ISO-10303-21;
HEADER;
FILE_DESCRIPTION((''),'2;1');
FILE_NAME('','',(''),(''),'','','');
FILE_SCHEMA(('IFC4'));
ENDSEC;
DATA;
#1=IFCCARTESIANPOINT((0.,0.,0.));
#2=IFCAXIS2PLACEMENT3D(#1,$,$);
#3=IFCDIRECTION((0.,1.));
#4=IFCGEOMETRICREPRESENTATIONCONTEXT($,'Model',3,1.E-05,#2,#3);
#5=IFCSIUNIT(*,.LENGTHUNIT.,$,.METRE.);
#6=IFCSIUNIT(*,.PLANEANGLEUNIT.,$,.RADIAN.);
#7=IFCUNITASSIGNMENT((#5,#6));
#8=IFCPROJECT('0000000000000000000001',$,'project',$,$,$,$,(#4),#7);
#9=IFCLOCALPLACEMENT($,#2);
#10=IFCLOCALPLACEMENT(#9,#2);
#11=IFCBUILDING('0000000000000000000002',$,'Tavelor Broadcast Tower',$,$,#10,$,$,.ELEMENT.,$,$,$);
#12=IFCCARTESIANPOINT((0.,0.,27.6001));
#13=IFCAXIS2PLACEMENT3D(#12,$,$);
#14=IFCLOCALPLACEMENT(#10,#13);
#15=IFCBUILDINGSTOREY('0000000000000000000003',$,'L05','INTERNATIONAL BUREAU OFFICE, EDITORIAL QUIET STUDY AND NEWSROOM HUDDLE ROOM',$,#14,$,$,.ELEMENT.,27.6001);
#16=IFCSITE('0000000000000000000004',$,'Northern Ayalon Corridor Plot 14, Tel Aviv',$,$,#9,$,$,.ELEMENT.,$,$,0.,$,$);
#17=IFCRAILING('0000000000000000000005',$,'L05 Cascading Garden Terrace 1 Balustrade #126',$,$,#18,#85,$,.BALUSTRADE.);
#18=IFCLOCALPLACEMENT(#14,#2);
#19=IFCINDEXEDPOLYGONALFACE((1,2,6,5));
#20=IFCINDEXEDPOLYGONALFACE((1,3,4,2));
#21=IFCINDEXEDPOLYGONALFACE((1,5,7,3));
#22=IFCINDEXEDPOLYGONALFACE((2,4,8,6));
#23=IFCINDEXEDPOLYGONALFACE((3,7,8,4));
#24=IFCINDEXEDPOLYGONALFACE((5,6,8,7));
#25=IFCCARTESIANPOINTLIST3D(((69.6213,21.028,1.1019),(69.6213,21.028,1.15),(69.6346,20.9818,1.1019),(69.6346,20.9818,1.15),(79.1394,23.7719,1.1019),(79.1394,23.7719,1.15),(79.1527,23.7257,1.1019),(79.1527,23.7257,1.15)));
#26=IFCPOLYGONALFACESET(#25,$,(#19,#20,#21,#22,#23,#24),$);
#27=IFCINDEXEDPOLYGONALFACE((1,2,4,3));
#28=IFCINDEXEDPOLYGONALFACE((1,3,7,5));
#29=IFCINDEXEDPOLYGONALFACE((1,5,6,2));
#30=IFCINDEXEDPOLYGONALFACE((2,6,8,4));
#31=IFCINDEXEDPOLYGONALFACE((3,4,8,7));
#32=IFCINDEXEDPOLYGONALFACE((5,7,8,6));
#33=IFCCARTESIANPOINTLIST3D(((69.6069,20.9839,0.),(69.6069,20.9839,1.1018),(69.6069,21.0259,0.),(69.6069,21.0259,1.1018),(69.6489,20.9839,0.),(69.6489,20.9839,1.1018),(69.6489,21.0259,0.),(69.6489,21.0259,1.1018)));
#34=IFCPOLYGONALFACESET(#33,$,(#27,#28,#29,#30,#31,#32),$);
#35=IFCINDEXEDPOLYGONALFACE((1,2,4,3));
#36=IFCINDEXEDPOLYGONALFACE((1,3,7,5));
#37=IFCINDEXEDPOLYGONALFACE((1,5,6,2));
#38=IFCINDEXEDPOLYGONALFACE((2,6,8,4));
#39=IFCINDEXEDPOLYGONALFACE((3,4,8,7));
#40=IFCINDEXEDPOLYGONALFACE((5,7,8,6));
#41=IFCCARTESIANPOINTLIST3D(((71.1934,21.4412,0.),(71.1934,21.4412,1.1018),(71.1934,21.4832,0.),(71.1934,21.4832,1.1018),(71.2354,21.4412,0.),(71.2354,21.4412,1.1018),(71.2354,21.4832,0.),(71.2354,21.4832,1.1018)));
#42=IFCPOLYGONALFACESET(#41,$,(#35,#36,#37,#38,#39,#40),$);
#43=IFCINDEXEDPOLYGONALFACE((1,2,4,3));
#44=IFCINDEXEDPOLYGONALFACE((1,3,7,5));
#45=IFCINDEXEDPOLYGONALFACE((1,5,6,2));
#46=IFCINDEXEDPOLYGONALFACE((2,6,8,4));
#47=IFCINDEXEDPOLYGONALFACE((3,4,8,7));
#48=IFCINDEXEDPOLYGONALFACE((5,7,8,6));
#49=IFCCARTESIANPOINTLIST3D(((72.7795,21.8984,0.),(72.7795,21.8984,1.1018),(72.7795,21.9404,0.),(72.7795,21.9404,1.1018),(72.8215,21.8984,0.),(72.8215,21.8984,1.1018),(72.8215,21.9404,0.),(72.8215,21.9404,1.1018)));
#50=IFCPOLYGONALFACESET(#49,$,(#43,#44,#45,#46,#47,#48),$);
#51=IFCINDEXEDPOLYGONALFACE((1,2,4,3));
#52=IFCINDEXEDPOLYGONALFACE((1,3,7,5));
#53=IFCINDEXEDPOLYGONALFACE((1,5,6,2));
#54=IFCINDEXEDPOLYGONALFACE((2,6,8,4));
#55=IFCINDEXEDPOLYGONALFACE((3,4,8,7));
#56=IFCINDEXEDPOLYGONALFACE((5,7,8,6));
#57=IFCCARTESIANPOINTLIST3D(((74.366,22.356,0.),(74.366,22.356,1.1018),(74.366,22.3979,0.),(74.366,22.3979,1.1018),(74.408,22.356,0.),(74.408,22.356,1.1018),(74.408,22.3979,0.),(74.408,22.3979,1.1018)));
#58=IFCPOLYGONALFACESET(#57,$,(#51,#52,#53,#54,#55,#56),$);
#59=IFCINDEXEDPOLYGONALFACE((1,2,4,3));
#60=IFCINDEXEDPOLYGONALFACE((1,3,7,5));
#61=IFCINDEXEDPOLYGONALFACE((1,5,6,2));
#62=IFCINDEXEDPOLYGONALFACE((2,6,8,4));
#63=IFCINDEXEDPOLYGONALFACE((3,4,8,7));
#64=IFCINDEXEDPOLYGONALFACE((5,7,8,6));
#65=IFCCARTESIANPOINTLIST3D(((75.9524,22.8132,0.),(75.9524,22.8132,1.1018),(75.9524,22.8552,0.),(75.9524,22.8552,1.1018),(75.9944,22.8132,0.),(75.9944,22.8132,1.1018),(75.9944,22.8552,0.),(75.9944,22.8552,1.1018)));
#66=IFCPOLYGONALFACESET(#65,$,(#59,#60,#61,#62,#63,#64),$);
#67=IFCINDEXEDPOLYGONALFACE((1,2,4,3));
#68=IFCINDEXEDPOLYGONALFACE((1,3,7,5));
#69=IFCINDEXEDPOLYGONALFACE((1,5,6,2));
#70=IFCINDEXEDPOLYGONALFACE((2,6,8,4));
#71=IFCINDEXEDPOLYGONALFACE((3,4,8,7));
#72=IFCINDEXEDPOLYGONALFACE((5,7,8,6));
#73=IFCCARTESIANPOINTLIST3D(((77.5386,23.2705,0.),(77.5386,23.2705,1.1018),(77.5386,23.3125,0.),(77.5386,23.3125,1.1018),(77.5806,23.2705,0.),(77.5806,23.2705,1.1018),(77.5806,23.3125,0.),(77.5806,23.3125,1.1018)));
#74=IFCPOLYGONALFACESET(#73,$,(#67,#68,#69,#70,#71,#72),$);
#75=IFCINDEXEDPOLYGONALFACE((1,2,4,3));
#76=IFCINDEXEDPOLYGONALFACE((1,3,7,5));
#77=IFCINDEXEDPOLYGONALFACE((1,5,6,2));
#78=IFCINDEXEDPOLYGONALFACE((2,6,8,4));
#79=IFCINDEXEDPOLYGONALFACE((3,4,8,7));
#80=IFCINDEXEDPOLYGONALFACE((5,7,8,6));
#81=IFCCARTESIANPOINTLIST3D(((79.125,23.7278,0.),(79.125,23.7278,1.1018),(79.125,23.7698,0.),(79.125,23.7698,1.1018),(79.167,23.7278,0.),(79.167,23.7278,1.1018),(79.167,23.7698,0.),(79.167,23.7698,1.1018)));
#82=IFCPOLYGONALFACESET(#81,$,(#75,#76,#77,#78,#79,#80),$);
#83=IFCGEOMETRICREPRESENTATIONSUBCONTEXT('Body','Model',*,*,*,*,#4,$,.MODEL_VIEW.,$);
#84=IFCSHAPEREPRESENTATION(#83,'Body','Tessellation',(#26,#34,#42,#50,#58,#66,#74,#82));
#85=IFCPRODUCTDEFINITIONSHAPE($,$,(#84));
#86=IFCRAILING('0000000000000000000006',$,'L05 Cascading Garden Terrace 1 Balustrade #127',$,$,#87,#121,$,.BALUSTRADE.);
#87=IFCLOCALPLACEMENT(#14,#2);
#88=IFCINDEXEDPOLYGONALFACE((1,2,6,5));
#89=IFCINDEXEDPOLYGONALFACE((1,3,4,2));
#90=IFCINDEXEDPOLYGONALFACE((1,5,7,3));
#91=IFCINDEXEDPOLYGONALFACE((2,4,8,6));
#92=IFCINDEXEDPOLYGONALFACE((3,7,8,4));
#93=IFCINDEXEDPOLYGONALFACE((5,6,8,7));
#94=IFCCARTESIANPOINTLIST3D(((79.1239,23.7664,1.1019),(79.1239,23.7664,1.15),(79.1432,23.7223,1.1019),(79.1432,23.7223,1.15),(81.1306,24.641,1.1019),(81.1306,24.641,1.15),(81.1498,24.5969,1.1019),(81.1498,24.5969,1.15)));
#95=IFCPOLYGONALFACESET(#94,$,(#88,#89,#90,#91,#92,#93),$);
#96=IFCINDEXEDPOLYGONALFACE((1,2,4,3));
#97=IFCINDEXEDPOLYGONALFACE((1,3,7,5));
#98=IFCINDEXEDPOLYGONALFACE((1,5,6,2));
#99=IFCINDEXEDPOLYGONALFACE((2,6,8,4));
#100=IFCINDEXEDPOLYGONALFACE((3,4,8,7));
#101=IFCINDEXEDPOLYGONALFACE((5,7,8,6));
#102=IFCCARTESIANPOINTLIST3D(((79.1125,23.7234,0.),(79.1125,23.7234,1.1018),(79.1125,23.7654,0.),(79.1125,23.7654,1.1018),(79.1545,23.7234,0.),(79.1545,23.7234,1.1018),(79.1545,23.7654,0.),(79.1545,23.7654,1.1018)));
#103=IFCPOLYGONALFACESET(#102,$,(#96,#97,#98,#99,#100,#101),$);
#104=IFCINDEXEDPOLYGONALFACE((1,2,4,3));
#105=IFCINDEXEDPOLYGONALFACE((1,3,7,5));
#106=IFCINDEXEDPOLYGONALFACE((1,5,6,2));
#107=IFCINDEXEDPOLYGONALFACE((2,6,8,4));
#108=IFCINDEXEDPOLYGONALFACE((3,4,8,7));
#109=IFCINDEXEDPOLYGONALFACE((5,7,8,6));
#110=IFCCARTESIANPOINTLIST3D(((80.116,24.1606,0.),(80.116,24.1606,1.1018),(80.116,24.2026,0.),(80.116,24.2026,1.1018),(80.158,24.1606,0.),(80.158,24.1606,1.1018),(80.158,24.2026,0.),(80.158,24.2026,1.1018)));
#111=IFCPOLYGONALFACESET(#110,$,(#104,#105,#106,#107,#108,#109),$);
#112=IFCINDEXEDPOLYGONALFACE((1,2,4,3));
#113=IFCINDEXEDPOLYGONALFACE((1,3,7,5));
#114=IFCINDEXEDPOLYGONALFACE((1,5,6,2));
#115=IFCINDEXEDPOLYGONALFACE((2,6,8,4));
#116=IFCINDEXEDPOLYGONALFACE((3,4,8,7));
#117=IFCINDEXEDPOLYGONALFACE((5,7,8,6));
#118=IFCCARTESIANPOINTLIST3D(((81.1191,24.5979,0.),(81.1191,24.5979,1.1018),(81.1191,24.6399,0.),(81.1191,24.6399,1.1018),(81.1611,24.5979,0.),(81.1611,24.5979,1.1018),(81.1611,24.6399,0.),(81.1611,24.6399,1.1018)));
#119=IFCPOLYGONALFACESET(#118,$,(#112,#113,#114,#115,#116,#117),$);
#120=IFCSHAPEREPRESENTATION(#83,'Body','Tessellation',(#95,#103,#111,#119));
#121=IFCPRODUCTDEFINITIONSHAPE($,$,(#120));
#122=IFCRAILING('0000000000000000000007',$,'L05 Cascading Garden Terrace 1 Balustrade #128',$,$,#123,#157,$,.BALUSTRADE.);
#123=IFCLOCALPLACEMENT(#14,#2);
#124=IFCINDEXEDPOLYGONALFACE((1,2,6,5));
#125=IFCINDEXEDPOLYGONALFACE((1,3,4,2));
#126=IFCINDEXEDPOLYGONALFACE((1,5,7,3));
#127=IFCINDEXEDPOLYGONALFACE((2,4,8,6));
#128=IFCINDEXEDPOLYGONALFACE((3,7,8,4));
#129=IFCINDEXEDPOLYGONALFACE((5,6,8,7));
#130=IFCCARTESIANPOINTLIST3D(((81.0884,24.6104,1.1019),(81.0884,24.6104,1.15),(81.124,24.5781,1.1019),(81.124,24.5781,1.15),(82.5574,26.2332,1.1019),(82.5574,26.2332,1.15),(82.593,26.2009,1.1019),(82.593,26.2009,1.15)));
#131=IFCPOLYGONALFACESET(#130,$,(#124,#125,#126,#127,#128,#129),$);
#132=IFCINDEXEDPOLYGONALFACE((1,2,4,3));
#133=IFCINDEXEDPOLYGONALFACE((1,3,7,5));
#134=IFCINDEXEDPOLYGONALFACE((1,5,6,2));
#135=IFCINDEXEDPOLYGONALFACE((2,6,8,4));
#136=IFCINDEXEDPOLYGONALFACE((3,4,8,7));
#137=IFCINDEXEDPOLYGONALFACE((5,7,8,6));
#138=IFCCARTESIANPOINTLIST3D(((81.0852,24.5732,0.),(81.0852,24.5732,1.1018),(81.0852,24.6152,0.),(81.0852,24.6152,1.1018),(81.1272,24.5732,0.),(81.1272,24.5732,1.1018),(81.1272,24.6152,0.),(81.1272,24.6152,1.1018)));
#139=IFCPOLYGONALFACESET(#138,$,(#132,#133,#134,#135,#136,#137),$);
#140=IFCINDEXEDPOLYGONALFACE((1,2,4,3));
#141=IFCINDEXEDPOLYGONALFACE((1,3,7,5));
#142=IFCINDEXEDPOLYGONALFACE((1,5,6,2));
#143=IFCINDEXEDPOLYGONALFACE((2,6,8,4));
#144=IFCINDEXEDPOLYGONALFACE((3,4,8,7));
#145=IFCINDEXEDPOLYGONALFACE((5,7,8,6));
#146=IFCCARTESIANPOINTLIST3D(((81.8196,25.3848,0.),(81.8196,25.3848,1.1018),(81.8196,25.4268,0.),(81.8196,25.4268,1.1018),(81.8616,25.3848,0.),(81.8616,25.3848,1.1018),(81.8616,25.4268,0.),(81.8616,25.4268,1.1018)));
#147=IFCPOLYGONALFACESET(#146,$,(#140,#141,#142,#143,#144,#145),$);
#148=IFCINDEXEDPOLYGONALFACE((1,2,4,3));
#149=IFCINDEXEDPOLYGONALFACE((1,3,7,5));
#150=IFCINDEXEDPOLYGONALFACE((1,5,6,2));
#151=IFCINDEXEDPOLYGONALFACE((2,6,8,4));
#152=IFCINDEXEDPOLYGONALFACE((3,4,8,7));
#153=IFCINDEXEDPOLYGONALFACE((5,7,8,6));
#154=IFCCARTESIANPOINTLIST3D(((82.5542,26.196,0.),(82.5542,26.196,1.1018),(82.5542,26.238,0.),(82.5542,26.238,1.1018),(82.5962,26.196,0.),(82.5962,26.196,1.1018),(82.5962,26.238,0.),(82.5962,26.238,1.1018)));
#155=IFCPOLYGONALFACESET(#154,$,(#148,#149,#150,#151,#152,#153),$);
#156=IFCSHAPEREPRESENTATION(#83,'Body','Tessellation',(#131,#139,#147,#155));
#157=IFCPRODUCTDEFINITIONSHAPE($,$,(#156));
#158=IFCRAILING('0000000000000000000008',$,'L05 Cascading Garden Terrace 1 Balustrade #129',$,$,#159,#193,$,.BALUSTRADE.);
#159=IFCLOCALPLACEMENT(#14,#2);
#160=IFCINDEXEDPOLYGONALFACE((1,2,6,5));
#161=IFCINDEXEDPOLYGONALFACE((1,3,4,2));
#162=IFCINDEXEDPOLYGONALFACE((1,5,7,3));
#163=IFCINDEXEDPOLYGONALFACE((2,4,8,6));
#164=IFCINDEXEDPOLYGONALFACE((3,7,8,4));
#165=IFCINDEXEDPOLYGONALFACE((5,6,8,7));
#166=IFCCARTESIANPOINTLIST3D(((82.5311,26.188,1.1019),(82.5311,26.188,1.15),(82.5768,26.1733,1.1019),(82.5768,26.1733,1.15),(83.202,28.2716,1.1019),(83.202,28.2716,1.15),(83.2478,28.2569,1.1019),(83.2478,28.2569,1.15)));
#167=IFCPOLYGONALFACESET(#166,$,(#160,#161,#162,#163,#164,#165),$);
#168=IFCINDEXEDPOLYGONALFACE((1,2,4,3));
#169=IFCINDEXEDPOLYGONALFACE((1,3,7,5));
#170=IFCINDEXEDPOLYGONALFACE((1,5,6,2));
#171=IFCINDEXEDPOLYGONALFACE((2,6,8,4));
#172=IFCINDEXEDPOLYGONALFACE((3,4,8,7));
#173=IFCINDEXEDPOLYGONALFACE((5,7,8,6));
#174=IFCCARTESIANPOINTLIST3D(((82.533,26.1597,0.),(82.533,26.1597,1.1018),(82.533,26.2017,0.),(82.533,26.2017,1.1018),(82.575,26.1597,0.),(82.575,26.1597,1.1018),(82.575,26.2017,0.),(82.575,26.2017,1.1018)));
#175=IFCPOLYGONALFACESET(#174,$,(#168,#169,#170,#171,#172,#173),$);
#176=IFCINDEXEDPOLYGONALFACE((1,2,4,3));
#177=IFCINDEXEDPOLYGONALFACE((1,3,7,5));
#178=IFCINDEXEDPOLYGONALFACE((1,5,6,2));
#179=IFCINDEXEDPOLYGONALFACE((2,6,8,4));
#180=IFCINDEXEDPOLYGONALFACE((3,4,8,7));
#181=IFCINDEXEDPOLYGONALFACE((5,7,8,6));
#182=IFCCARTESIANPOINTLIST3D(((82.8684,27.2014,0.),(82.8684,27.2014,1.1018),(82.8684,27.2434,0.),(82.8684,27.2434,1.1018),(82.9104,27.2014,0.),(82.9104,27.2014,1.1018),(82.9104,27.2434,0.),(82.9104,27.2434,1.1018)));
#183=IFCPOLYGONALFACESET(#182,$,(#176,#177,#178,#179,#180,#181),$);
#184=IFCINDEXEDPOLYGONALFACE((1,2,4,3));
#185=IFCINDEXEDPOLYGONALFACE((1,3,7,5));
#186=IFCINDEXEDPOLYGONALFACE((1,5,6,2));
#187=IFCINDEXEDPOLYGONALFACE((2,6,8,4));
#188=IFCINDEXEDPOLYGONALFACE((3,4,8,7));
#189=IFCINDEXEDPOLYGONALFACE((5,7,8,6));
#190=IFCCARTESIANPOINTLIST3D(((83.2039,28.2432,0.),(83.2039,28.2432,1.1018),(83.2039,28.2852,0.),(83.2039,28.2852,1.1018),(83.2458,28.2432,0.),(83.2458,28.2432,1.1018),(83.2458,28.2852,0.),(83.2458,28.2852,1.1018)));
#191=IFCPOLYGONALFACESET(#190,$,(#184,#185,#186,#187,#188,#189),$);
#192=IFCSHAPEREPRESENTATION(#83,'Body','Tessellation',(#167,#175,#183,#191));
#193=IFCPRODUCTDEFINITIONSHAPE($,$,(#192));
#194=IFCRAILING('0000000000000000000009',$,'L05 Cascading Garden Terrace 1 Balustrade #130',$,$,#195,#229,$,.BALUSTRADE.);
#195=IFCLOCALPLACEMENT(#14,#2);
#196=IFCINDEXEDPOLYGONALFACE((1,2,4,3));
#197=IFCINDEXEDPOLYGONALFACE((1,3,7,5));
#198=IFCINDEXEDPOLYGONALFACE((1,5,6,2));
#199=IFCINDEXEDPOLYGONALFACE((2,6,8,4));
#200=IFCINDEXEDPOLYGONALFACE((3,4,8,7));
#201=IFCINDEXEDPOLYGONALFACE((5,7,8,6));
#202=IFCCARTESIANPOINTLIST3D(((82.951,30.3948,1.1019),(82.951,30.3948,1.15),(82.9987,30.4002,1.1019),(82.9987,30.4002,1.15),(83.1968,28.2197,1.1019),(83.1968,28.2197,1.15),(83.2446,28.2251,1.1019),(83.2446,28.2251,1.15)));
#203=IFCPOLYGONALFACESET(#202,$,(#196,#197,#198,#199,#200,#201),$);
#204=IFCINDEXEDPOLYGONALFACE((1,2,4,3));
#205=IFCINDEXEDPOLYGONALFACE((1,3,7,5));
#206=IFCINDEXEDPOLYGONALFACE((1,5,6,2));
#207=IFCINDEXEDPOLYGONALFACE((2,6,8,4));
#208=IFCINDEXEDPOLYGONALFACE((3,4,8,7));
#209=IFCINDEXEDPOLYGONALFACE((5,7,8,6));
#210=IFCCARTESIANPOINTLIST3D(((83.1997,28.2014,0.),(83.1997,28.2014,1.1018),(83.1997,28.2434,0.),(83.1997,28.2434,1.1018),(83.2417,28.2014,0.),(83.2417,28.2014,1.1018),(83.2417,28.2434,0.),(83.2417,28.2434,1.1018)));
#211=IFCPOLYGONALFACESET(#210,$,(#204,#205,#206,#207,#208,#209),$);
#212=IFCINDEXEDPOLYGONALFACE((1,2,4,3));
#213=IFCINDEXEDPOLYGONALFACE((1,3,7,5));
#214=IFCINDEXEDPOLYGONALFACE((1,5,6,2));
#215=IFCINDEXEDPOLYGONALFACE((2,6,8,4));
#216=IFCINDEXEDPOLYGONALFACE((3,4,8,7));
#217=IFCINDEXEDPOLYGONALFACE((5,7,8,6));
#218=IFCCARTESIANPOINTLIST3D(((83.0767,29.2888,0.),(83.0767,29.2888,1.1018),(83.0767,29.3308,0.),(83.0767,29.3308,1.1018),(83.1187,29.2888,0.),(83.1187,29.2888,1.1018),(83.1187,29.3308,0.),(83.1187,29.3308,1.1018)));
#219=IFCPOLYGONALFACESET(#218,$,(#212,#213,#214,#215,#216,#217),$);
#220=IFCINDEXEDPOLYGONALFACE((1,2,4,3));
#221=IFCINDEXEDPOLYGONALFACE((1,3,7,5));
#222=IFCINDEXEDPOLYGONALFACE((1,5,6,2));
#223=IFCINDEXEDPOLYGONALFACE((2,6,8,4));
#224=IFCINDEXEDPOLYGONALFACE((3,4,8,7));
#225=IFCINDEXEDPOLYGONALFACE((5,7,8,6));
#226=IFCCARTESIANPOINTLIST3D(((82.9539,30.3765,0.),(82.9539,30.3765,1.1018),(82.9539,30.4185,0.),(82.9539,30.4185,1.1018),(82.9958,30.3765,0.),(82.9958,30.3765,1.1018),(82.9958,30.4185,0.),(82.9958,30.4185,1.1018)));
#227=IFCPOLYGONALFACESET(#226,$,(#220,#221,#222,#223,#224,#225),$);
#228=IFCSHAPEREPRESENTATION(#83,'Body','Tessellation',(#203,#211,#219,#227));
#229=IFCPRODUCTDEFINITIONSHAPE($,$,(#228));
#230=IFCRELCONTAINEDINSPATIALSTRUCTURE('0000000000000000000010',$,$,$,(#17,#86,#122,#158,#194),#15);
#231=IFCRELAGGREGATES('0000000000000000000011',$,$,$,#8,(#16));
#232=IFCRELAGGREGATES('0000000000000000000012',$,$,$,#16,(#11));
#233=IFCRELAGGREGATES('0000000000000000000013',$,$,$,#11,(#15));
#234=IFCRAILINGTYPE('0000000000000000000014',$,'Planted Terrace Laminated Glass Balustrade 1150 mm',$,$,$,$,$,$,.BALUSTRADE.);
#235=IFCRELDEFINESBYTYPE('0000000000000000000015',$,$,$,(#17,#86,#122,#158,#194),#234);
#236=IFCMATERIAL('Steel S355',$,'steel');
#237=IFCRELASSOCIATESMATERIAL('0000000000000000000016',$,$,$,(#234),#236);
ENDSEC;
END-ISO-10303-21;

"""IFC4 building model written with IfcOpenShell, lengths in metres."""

from ifc_helpers import new_model, si_unit, direction, frame, origin, origin_2d, place, context, subcontext, project, spatial, rectangle, extrude, material, type_object, element, save


model = new_model("IFC4")

# Units and contexts
model_context = context("Model", 3, precision=1e-05, world=origin(), true_north=direction((0.0, 1.0)))
body_context = subcontext(model_context, "Body", "Model", "MODEL_VIEW")
ifc_project = project(units=[si_unit("LENGTHUNIT", "METRE"), si_unit("PLANEANGLEUNIT", "RADIAN")], contexts=[model_context])

# Site, building, storey
site_placement = place(None, origin())
site = spatial("IfcSite", under=ifc_project, at=site_placement, Name="Northern Ayalon Corridor Plot 14, Tel Aviv", CompositionType="ELEMENT", RefElevation=0.0)
building_placement = place(site_placement, origin())
building = spatial("IfcBuilding", under=site, at=building_placement, Name="Tavelor Broadcast Tower", CompositionType="ELEMENT")
storey_placement = place(building_placement, frame((0.0, 0.0, 27.6001)))
storey = spatial("IfcBuildingStorey", under=building, at=storey_placement, Name="L05", Description="INTERNATIONAL BUREAU OFFICE, EDITORIAL QUIET STUDY AND NEWSROOM HUDDLE ROOM", CompositionType="ELEMENT", Elevation=27.6001)

# Shared definitions
ifc_material_1 = material(Name="Steel S355", Category="steel")

# Railings
railing_type = type_object("IfcRailingType", Name="Planted Terrace Laminated Glass Balustrade 1150 mm", PredefinedType="BALUSTRADE", material=ifc_material_1)
railing_1_placement = place(storey_placement, frame((69.6279, 21.0049, 0.0)))
element("IfcRailing", 1, at=railing_1_placement, inside=storey, type_object=railing_type, Name="L05 Cascading Garden Terrace 1 Balustrade #126", PredefinedType="BALUSTRADE", context=body_context, shape_type="SweptSolid", body=[
    extrude(rectangle(XDim=0.0481, YDim=0.0481, at=origin_2d()), frame((0.0, 0.0, 1.126), z_axis=(0.960869, 0.277002, 0.0), x_axis=(-0.277002, 0.960869, 0.0)), (0.0, 0.0, 1.0), 9.9058),
    extrude(rectangle(XDim=0.042, YDim=0.042, at=origin_2d()), origin(), (0.0, 0.0, 1.0), 1.1018),
    extrude(rectangle(XDim=0.042, YDim=0.042, at=origin_2d()), frame((1.5864, 0.4573, 0.0)), (0.0, 0.0, 1.0), 1.1018),
    extrude(rectangle(XDim=0.042, YDim=0.042, at=origin_2d()), frame((3.1726, 0.9146, 0.0)), (0.0, 0.0, 1.0), 1.1018),
    extrude(rectangle(XDim=0.042, YDim=0.042, at=origin_2d()), frame((4.759, 1.3721, 0.0)), (0.0, 0.0, 1.0), 1.1018),
    extrude(rectangle(XDim=0.042, YDim=0.042, at=origin_2d()), frame((6.3455, 1.8293, 0.0)), (0.0, 0.0, 1.0), 1.1018),
    extrude(rectangle(XDim=0.042, YDim=0.042, at=origin_2d()), frame((7.9316, 2.2866, 0.0)), (0.0, 0.0, 1.0), 1.1018),
    extrude(rectangle(XDim=0.042, YDim=0.042, at=origin_2d()), frame((9.5181, 2.7439, 0.0)), (0.0, 0.0, 1.0), 1.1018),
])
railing_2_placement = place(storey_placement, frame((79.1335, 23.7444, 0.0)))
element("IfcRailing", 2, at=railing_2_placement, inside=storey, type_object=railing_type, Name="L05 Cascading Garden Terrace 1 Balustrade #127", PredefinedType="BALUSTRADE", context=body_context, shape_type="SweptSolid", body=[
    extrude(rectangle(XDim=0.0481, YDim=0.0481, at=origin_2d()), frame((0.0, 0.0, 1.126), z_axis=(0.916722, 0.399525, 0.0), x_axis=(-0.399525, 0.916722, 0.0)), (0.0, 0.0, 1.0), 2.189),
    extrude(rectangle(XDim=0.042, YDim=0.042, at=origin_2d()), origin(), (0.0, 0.0, 1.0), 1.1018),
    extrude(rectangle(XDim=0.042, YDim=0.042, at=origin_2d()), frame((1.0034, 0.4373, 0.0)), (0.0, 0.0, 1.0), 1.1018),
    extrude(rectangle(XDim=0.042, YDim=0.042, at=origin_2d()), frame((2.0066, 0.8745, 0.0)), (0.0, 0.0, 1.0), 1.1018),
])
railing_3_placement = place(storey_placement, frame((81.1062, 24.5942, 0.0)))
element("IfcRailing", 3, at=railing_3_placement, inside=storey, type_object=railing_type, Name="L05 Cascading Garden Terrace 1 Balustrade #128", PredefinedType="BALUSTRADE", context=body_context, shape_type="SweptSolid", body=[
    extrude(rectangle(XDim=0.0481, YDim=0.0481, at=origin_2d()), frame((0.0, 0.0, 1.126), z_axis=(0.6711, 0.741367, 0.0), x_axis=(-0.741367, 0.6711, 0.0)), (0.0, 0.0, 1.0), 2.189),
    extrude(rectangle(XDim=0.042, YDim=0.042, at=origin_2d()), origin(), (0.0, 0.0, 1.0), 1.1018),
    extrude(rectangle(XDim=0.042, YDim=0.042, at=origin_2d()), frame((0.7344, 0.8115, 0.0)), (0.0, 0.0, 1.0), 1.1018),
    extrude(rectangle(XDim=0.042, YDim=0.042, at=origin_2d()), frame((1.469, 1.6228, 0.0)), (0.0, 0.0, 1.0), 1.1018),
])
railing_4_placement = place(storey_placement, frame((82.554, 26.1807, 0.0)))
element("IfcRailing", 4, at=railing_4_placement, inside=storey, type_object=railing_type, Name="L05 Cascading Garden Terrace 1 Balustrade #129", PredefinedType="BALUSTRADE", context=body_context, shape_type="SweptSolid", body=[
    extrude(rectangle(XDim=0.0481, YDim=0.0481, at=origin_2d()), frame((0.0, 0.0, 1.126), z_axis=(0.306507, 0.951868, 0.0), x_axis=(-0.951868, 0.306507, 0.0)), (0.0, 0.0, 1.0), 2.189),
    extrude(rectangle(XDim=0.042, YDim=0.042, at=origin_2d()), origin(), (0.0, 0.0, 1.0), 1.1018),
    extrude(rectangle(XDim=0.042, YDim=0.042, at=origin_2d()), frame((0.3354, 1.0417, 0.0)), (0.0, 0.0, 1.0), 1.1018),
    extrude(rectangle(XDim=0.042, YDim=0.042, at=origin_2d()), frame((0.6709, 2.0835, 0.0)), (0.0, 0.0, 1.0), 1.1018),
])
railing_5_placement = place(storey_placement, frame((83.2207, 28.2224, 0.0)))
element("IfcRailing", 5, at=railing_5_placement, inside=storey, type_object=railing_type, Name="L05 Cascading Garden Terrace 1 Balustrade #130", PredefinedType="BALUSTRADE", context=body_context, shape_type="SweptSolid", body=[
    extrude(rectangle(XDim=0.0481, YDim=0.0481, at=origin_2d()), frame((0.0, 0.0, 1.126), z_axis=(-0.112317, 0.993672, 0.0), x_axis=(-0.993672, -0.112317, 0.0)), (0.0, 0.0, 1.0), 2.189),
    extrude(rectangle(XDim=0.042, YDim=0.042, at=origin_2d()), origin(), (0.0, 0.0, 1.0), 1.1018),
    extrude(rectangle(XDim=0.042, YDim=0.042, at=origin_2d()), frame((-0.123, 1.0874, 0.0)), (0.0, 0.0, 1.0), 1.1018),
    extrude(rectangle(XDim=0.042, YDim=0.042, at=origin_2d()), frame((-0.2458, 2.175, 0.0)), (0.0, 0.0, 1.0), 1.1018),
])

save(model, "model.ifc")
